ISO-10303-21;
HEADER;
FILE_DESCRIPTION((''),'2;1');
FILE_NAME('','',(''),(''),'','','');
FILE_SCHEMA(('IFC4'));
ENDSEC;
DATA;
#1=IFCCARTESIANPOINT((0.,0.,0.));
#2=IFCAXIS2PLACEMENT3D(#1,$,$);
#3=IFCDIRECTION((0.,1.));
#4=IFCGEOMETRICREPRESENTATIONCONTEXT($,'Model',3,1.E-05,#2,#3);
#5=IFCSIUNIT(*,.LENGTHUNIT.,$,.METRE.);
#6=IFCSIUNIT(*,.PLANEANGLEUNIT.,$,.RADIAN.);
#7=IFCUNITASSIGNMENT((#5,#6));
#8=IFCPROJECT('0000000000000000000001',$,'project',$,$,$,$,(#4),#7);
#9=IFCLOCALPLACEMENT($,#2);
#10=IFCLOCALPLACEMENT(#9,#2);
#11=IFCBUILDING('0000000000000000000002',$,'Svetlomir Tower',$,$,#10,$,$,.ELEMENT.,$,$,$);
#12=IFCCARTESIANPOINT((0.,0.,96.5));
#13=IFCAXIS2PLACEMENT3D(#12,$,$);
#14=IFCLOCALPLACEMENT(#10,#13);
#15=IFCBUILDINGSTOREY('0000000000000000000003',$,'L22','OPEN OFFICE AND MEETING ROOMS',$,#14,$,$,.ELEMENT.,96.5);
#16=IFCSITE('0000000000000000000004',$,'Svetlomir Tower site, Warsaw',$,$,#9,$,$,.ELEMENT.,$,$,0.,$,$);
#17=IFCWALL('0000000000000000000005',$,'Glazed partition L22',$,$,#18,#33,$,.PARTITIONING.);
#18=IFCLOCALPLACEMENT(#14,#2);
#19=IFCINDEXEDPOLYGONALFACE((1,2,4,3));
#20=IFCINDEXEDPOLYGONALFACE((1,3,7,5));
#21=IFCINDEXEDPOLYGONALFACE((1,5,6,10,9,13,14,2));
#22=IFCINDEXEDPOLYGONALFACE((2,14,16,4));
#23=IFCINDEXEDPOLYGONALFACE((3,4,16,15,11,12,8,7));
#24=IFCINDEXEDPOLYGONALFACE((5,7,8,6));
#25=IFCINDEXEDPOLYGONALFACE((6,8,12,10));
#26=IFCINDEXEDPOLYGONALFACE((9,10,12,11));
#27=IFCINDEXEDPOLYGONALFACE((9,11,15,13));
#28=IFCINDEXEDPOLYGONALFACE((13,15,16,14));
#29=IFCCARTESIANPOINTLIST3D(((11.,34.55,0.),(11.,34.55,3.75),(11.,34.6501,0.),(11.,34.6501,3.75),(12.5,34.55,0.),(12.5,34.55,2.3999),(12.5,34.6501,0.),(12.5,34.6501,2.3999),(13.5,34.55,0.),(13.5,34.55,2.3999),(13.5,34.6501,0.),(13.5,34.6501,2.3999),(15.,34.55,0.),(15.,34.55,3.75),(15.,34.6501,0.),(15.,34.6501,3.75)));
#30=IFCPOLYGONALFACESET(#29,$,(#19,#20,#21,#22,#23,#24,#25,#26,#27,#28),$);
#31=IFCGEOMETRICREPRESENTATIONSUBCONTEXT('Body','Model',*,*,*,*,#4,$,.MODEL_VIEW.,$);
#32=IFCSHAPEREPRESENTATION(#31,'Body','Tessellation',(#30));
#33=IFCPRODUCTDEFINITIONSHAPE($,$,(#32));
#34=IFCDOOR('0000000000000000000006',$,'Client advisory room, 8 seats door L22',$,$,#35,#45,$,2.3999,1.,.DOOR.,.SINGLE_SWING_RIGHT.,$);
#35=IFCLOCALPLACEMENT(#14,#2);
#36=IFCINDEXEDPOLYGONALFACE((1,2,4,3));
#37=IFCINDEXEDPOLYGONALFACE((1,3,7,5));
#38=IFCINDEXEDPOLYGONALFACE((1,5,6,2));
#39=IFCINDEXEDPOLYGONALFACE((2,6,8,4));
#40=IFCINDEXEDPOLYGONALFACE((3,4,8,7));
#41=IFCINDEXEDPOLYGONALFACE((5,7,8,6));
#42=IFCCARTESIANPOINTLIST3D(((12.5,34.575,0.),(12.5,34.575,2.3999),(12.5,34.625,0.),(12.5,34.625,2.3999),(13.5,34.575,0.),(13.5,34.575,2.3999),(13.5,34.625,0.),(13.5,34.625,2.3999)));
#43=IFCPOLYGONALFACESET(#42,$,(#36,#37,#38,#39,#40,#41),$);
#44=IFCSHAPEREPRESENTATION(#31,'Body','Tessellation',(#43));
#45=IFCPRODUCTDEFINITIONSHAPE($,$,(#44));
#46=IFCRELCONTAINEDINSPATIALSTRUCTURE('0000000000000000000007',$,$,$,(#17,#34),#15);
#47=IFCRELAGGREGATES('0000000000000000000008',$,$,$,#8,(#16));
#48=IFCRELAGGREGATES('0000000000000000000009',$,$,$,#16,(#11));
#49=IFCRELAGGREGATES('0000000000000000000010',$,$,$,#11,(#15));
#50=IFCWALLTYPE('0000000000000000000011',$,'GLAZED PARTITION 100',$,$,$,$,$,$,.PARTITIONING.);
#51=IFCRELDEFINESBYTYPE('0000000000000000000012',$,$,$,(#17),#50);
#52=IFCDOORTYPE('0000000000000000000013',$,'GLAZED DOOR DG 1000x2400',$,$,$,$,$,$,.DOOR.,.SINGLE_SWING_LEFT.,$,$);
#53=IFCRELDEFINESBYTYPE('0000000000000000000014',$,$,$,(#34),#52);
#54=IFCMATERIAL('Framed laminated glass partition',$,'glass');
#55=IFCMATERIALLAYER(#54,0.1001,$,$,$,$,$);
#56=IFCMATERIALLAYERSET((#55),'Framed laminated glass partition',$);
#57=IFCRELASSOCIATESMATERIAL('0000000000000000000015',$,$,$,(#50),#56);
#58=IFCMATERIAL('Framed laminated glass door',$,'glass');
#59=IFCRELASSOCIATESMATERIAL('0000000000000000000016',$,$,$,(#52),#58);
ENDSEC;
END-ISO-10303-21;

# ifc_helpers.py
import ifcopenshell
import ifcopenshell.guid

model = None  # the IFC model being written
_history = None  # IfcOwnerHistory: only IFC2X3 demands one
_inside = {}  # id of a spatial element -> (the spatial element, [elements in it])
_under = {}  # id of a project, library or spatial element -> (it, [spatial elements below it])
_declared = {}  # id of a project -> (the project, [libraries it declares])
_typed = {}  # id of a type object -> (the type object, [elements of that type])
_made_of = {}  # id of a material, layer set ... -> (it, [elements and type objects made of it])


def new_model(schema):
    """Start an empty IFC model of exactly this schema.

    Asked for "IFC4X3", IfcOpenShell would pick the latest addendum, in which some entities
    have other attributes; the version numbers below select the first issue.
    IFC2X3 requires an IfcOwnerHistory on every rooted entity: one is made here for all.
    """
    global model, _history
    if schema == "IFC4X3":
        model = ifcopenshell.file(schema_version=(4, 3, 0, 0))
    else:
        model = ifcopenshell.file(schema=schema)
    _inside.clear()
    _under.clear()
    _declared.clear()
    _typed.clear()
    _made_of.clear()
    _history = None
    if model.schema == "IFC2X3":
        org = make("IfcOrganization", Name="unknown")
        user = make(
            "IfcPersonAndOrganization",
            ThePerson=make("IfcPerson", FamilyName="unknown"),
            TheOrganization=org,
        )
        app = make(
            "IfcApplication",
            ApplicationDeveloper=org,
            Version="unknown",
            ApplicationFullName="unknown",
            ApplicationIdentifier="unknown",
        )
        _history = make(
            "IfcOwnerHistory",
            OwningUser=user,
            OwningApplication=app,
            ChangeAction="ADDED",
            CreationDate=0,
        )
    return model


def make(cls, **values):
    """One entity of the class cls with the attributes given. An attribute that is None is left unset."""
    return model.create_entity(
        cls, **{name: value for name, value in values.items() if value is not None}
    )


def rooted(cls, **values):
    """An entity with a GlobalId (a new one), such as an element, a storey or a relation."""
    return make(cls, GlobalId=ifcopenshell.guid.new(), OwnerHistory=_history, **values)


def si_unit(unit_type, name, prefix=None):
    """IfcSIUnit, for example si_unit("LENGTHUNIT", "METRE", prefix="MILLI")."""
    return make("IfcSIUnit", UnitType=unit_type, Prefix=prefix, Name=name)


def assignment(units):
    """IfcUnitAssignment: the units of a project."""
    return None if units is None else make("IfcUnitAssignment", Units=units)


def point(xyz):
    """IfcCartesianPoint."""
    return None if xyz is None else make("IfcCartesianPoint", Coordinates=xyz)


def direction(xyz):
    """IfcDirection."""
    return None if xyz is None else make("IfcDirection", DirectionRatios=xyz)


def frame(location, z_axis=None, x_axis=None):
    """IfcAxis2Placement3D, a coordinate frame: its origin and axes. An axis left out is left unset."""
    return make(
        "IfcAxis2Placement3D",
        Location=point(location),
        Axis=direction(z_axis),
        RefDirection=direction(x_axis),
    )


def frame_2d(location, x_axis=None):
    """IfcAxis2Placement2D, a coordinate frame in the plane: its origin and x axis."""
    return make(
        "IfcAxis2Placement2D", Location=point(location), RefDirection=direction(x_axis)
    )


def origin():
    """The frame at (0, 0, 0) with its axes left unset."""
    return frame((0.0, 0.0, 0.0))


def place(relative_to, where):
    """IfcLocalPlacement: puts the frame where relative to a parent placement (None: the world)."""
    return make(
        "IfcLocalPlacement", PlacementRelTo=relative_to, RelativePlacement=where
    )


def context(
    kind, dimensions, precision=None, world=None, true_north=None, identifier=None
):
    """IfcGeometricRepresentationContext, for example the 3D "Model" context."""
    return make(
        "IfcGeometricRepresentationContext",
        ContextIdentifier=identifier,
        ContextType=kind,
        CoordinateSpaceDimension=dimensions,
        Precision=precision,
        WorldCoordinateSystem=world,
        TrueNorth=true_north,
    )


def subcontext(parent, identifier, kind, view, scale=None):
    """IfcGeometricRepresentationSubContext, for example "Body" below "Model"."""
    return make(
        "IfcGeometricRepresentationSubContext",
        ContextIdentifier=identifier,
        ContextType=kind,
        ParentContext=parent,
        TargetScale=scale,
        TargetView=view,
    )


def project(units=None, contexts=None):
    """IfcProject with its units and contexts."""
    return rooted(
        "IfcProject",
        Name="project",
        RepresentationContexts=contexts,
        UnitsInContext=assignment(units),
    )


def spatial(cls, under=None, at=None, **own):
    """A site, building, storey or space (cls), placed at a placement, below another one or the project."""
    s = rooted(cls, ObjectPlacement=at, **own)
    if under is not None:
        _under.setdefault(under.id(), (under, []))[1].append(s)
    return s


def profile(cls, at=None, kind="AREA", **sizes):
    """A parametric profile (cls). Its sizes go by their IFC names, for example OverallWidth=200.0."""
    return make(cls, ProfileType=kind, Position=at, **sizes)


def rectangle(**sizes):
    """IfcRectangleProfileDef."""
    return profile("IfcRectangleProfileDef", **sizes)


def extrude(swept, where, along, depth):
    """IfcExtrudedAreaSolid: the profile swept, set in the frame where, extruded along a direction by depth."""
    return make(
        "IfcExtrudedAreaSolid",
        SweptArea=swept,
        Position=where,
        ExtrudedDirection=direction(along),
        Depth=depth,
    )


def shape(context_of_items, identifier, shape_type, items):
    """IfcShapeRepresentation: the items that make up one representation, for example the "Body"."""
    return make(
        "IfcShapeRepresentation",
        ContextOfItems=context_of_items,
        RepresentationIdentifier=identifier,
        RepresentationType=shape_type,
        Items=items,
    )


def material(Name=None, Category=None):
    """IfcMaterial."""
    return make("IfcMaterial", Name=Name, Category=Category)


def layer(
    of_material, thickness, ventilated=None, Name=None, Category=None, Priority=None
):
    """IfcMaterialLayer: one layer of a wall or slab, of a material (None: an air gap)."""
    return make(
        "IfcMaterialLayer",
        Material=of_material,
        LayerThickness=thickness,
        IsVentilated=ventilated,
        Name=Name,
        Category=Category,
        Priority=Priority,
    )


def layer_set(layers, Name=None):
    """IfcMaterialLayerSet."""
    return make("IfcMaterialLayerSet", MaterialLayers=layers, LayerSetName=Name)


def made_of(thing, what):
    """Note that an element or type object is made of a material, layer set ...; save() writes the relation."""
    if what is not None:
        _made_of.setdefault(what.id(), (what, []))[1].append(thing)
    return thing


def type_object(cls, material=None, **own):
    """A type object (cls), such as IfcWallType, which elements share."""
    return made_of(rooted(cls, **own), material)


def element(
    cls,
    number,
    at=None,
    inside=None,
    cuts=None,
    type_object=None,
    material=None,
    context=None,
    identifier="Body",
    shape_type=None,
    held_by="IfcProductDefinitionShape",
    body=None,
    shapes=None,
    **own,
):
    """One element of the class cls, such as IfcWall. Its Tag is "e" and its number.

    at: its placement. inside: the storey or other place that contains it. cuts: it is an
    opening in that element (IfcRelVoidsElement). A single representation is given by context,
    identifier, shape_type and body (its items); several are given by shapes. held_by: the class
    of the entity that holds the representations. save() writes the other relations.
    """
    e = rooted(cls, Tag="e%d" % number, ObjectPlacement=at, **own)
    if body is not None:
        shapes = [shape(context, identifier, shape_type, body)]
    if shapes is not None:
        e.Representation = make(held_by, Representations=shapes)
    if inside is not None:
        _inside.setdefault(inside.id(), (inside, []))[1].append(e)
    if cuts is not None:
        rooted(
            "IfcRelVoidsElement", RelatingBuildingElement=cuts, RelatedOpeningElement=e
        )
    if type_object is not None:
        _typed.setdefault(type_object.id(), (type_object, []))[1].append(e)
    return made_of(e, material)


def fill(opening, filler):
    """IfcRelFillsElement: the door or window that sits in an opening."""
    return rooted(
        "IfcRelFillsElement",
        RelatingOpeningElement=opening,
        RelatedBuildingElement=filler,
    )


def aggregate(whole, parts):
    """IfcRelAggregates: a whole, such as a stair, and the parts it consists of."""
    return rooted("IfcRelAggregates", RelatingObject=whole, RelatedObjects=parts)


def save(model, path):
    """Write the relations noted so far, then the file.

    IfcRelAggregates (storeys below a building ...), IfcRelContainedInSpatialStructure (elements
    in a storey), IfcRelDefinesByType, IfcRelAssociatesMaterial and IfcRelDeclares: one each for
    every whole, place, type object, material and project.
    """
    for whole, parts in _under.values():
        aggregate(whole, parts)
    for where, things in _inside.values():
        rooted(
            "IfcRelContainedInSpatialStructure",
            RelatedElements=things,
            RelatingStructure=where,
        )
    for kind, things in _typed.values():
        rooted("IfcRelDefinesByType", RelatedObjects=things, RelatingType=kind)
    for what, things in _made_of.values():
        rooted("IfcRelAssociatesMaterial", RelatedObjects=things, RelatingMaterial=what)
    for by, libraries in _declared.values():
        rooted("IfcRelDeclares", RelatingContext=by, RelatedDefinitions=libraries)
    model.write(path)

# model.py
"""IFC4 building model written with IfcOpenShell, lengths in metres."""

from ifc_helpers import new_model, si_unit, direction, frame, frame_2d, origin, place, context, subcontext, project, spatial, rectangle, extrude, material, layer, layer_set, type_object, element, fill, save


model = new_model("IFC4")

# Units and contexts
model_context = context("Model", 3, precision=1e-05, world=origin(), true_north=direction((0.0, 1.0)))
body_context = subcontext(model_context, "Body", "Model", "MODEL_VIEW")
ifc_project = project(units=[si_unit("LENGTHUNIT", "METRE"), si_unit("PLANEANGLEUNIT", "RADIAN")], contexts=[model_context])

# Site, building, storey
site_placement = place(None, origin())
site = spatial("IfcSite", under=ifc_project, at=site_placement, Name="Svetlomir Tower site, Warsaw", CompositionType="ELEMENT", RefElevation=0.0)
building_placement = place(site_placement, origin())
building = spatial("IfcBuilding", under=site, at=building_placement, Name="Svetlomir Tower", CompositionType="ELEMENT")
storey_placement = place(building_placement, frame((0.0, 0.0, 96.5)))
storey = spatial("IfcBuildingStorey", under=building, at=storey_placement, Name="L22", Description="OPEN OFFICE AND MEETING ROOMS", CompositionType="ELEMENT", Elevation=96.5)

# Wall, opening, door
ifc_material_1 = material(Name="Framed laminated glass partition", Category="glass")
ifc_layer_1 = layer(ifc_material_1, 0.1001)
ifc_layer_set_1 = layer_set([ifc_layer_1], Name="Framed laminated glass partition")
wall_type = type_object("IfcWallType", Name="GLAZED PARTITION 100", PredefinedType="PARTITIONING", material=ifc_layer_set_1)
wall_placement = place(storey_placement, frame((11.0, 34.6001, 0.0), z_axis=(0.0, 0.0, 1.0), x_axis=(1.0, 0.0, 0.0)))
wall = element("IfcWall", 1, at=wall_placement, inside=storey, type_object=wall_type, Name="Glazed partition L22", PredefinedType="PARTITIONING", context=body_context, shape_type="SweptSolid", body=[
    extrude(rectangle(XDim=4.0, YDim=0.1001, at=frame_2d((2.0, 0.0))), origin(), (0.0, 0.0, 1.0), 3.75),
])
opening_placement = place(wall_placement, frame((1.5, 0.0, 0.0)))
opening = element("IfcOpeningElement", 2, at=opening_placement, cuts=wall, PredefinedType="OPENING", context=body_context, shape_type="SweptSolid", body=[
    extrude(rectangle(XDim=1.0, YDim=2.3999, at=frame_2d((0.5, 1.2))), frame((0.0, 0.0601, 0.0), z_axis=(0.0, -1.0, 0.0), x_axis=(1.0, 0.0, 0.0)), (0.0, 0.0, 1.0), 0.1201),
])
ifc_material_2 = material(Name="Framed laminated glass door", Category="glass")
door_type = type_object("IfcDoorType", Name="GLAZED DOOR DG 1000x2400", OperationType="SINGLE_SWING_LEFT", PredefinedType="DOOR", material=ifc_material_2)
door_placement = place(opening_placement, origin())
door = element("IfcDoor", 3, at=door_placement, inside=storey, type_object=door_type, Name="Client advisory room, 8 seats door L22", OperationType="SINGLE_SWING_RIGHT", OverallHeight=2.3999, OverallWidth=1.0, PredefinedType="DOOR", context=body_context, shape_type="SweptSolid", body=[
    extrude(rectangle(XDim=1.0, YDim=2.3999, at=frame_2d((0.5, 1.2))), frame((0.0, 0.0249, 0.0), z_axis=(0.0, -1.0, 0.0), x_axis=(1.0, 0.0, 0.0)), (0.0, 0.0, 1.0), 0.05),
])
fill(opening, door)

save(model, "model.ifc")
